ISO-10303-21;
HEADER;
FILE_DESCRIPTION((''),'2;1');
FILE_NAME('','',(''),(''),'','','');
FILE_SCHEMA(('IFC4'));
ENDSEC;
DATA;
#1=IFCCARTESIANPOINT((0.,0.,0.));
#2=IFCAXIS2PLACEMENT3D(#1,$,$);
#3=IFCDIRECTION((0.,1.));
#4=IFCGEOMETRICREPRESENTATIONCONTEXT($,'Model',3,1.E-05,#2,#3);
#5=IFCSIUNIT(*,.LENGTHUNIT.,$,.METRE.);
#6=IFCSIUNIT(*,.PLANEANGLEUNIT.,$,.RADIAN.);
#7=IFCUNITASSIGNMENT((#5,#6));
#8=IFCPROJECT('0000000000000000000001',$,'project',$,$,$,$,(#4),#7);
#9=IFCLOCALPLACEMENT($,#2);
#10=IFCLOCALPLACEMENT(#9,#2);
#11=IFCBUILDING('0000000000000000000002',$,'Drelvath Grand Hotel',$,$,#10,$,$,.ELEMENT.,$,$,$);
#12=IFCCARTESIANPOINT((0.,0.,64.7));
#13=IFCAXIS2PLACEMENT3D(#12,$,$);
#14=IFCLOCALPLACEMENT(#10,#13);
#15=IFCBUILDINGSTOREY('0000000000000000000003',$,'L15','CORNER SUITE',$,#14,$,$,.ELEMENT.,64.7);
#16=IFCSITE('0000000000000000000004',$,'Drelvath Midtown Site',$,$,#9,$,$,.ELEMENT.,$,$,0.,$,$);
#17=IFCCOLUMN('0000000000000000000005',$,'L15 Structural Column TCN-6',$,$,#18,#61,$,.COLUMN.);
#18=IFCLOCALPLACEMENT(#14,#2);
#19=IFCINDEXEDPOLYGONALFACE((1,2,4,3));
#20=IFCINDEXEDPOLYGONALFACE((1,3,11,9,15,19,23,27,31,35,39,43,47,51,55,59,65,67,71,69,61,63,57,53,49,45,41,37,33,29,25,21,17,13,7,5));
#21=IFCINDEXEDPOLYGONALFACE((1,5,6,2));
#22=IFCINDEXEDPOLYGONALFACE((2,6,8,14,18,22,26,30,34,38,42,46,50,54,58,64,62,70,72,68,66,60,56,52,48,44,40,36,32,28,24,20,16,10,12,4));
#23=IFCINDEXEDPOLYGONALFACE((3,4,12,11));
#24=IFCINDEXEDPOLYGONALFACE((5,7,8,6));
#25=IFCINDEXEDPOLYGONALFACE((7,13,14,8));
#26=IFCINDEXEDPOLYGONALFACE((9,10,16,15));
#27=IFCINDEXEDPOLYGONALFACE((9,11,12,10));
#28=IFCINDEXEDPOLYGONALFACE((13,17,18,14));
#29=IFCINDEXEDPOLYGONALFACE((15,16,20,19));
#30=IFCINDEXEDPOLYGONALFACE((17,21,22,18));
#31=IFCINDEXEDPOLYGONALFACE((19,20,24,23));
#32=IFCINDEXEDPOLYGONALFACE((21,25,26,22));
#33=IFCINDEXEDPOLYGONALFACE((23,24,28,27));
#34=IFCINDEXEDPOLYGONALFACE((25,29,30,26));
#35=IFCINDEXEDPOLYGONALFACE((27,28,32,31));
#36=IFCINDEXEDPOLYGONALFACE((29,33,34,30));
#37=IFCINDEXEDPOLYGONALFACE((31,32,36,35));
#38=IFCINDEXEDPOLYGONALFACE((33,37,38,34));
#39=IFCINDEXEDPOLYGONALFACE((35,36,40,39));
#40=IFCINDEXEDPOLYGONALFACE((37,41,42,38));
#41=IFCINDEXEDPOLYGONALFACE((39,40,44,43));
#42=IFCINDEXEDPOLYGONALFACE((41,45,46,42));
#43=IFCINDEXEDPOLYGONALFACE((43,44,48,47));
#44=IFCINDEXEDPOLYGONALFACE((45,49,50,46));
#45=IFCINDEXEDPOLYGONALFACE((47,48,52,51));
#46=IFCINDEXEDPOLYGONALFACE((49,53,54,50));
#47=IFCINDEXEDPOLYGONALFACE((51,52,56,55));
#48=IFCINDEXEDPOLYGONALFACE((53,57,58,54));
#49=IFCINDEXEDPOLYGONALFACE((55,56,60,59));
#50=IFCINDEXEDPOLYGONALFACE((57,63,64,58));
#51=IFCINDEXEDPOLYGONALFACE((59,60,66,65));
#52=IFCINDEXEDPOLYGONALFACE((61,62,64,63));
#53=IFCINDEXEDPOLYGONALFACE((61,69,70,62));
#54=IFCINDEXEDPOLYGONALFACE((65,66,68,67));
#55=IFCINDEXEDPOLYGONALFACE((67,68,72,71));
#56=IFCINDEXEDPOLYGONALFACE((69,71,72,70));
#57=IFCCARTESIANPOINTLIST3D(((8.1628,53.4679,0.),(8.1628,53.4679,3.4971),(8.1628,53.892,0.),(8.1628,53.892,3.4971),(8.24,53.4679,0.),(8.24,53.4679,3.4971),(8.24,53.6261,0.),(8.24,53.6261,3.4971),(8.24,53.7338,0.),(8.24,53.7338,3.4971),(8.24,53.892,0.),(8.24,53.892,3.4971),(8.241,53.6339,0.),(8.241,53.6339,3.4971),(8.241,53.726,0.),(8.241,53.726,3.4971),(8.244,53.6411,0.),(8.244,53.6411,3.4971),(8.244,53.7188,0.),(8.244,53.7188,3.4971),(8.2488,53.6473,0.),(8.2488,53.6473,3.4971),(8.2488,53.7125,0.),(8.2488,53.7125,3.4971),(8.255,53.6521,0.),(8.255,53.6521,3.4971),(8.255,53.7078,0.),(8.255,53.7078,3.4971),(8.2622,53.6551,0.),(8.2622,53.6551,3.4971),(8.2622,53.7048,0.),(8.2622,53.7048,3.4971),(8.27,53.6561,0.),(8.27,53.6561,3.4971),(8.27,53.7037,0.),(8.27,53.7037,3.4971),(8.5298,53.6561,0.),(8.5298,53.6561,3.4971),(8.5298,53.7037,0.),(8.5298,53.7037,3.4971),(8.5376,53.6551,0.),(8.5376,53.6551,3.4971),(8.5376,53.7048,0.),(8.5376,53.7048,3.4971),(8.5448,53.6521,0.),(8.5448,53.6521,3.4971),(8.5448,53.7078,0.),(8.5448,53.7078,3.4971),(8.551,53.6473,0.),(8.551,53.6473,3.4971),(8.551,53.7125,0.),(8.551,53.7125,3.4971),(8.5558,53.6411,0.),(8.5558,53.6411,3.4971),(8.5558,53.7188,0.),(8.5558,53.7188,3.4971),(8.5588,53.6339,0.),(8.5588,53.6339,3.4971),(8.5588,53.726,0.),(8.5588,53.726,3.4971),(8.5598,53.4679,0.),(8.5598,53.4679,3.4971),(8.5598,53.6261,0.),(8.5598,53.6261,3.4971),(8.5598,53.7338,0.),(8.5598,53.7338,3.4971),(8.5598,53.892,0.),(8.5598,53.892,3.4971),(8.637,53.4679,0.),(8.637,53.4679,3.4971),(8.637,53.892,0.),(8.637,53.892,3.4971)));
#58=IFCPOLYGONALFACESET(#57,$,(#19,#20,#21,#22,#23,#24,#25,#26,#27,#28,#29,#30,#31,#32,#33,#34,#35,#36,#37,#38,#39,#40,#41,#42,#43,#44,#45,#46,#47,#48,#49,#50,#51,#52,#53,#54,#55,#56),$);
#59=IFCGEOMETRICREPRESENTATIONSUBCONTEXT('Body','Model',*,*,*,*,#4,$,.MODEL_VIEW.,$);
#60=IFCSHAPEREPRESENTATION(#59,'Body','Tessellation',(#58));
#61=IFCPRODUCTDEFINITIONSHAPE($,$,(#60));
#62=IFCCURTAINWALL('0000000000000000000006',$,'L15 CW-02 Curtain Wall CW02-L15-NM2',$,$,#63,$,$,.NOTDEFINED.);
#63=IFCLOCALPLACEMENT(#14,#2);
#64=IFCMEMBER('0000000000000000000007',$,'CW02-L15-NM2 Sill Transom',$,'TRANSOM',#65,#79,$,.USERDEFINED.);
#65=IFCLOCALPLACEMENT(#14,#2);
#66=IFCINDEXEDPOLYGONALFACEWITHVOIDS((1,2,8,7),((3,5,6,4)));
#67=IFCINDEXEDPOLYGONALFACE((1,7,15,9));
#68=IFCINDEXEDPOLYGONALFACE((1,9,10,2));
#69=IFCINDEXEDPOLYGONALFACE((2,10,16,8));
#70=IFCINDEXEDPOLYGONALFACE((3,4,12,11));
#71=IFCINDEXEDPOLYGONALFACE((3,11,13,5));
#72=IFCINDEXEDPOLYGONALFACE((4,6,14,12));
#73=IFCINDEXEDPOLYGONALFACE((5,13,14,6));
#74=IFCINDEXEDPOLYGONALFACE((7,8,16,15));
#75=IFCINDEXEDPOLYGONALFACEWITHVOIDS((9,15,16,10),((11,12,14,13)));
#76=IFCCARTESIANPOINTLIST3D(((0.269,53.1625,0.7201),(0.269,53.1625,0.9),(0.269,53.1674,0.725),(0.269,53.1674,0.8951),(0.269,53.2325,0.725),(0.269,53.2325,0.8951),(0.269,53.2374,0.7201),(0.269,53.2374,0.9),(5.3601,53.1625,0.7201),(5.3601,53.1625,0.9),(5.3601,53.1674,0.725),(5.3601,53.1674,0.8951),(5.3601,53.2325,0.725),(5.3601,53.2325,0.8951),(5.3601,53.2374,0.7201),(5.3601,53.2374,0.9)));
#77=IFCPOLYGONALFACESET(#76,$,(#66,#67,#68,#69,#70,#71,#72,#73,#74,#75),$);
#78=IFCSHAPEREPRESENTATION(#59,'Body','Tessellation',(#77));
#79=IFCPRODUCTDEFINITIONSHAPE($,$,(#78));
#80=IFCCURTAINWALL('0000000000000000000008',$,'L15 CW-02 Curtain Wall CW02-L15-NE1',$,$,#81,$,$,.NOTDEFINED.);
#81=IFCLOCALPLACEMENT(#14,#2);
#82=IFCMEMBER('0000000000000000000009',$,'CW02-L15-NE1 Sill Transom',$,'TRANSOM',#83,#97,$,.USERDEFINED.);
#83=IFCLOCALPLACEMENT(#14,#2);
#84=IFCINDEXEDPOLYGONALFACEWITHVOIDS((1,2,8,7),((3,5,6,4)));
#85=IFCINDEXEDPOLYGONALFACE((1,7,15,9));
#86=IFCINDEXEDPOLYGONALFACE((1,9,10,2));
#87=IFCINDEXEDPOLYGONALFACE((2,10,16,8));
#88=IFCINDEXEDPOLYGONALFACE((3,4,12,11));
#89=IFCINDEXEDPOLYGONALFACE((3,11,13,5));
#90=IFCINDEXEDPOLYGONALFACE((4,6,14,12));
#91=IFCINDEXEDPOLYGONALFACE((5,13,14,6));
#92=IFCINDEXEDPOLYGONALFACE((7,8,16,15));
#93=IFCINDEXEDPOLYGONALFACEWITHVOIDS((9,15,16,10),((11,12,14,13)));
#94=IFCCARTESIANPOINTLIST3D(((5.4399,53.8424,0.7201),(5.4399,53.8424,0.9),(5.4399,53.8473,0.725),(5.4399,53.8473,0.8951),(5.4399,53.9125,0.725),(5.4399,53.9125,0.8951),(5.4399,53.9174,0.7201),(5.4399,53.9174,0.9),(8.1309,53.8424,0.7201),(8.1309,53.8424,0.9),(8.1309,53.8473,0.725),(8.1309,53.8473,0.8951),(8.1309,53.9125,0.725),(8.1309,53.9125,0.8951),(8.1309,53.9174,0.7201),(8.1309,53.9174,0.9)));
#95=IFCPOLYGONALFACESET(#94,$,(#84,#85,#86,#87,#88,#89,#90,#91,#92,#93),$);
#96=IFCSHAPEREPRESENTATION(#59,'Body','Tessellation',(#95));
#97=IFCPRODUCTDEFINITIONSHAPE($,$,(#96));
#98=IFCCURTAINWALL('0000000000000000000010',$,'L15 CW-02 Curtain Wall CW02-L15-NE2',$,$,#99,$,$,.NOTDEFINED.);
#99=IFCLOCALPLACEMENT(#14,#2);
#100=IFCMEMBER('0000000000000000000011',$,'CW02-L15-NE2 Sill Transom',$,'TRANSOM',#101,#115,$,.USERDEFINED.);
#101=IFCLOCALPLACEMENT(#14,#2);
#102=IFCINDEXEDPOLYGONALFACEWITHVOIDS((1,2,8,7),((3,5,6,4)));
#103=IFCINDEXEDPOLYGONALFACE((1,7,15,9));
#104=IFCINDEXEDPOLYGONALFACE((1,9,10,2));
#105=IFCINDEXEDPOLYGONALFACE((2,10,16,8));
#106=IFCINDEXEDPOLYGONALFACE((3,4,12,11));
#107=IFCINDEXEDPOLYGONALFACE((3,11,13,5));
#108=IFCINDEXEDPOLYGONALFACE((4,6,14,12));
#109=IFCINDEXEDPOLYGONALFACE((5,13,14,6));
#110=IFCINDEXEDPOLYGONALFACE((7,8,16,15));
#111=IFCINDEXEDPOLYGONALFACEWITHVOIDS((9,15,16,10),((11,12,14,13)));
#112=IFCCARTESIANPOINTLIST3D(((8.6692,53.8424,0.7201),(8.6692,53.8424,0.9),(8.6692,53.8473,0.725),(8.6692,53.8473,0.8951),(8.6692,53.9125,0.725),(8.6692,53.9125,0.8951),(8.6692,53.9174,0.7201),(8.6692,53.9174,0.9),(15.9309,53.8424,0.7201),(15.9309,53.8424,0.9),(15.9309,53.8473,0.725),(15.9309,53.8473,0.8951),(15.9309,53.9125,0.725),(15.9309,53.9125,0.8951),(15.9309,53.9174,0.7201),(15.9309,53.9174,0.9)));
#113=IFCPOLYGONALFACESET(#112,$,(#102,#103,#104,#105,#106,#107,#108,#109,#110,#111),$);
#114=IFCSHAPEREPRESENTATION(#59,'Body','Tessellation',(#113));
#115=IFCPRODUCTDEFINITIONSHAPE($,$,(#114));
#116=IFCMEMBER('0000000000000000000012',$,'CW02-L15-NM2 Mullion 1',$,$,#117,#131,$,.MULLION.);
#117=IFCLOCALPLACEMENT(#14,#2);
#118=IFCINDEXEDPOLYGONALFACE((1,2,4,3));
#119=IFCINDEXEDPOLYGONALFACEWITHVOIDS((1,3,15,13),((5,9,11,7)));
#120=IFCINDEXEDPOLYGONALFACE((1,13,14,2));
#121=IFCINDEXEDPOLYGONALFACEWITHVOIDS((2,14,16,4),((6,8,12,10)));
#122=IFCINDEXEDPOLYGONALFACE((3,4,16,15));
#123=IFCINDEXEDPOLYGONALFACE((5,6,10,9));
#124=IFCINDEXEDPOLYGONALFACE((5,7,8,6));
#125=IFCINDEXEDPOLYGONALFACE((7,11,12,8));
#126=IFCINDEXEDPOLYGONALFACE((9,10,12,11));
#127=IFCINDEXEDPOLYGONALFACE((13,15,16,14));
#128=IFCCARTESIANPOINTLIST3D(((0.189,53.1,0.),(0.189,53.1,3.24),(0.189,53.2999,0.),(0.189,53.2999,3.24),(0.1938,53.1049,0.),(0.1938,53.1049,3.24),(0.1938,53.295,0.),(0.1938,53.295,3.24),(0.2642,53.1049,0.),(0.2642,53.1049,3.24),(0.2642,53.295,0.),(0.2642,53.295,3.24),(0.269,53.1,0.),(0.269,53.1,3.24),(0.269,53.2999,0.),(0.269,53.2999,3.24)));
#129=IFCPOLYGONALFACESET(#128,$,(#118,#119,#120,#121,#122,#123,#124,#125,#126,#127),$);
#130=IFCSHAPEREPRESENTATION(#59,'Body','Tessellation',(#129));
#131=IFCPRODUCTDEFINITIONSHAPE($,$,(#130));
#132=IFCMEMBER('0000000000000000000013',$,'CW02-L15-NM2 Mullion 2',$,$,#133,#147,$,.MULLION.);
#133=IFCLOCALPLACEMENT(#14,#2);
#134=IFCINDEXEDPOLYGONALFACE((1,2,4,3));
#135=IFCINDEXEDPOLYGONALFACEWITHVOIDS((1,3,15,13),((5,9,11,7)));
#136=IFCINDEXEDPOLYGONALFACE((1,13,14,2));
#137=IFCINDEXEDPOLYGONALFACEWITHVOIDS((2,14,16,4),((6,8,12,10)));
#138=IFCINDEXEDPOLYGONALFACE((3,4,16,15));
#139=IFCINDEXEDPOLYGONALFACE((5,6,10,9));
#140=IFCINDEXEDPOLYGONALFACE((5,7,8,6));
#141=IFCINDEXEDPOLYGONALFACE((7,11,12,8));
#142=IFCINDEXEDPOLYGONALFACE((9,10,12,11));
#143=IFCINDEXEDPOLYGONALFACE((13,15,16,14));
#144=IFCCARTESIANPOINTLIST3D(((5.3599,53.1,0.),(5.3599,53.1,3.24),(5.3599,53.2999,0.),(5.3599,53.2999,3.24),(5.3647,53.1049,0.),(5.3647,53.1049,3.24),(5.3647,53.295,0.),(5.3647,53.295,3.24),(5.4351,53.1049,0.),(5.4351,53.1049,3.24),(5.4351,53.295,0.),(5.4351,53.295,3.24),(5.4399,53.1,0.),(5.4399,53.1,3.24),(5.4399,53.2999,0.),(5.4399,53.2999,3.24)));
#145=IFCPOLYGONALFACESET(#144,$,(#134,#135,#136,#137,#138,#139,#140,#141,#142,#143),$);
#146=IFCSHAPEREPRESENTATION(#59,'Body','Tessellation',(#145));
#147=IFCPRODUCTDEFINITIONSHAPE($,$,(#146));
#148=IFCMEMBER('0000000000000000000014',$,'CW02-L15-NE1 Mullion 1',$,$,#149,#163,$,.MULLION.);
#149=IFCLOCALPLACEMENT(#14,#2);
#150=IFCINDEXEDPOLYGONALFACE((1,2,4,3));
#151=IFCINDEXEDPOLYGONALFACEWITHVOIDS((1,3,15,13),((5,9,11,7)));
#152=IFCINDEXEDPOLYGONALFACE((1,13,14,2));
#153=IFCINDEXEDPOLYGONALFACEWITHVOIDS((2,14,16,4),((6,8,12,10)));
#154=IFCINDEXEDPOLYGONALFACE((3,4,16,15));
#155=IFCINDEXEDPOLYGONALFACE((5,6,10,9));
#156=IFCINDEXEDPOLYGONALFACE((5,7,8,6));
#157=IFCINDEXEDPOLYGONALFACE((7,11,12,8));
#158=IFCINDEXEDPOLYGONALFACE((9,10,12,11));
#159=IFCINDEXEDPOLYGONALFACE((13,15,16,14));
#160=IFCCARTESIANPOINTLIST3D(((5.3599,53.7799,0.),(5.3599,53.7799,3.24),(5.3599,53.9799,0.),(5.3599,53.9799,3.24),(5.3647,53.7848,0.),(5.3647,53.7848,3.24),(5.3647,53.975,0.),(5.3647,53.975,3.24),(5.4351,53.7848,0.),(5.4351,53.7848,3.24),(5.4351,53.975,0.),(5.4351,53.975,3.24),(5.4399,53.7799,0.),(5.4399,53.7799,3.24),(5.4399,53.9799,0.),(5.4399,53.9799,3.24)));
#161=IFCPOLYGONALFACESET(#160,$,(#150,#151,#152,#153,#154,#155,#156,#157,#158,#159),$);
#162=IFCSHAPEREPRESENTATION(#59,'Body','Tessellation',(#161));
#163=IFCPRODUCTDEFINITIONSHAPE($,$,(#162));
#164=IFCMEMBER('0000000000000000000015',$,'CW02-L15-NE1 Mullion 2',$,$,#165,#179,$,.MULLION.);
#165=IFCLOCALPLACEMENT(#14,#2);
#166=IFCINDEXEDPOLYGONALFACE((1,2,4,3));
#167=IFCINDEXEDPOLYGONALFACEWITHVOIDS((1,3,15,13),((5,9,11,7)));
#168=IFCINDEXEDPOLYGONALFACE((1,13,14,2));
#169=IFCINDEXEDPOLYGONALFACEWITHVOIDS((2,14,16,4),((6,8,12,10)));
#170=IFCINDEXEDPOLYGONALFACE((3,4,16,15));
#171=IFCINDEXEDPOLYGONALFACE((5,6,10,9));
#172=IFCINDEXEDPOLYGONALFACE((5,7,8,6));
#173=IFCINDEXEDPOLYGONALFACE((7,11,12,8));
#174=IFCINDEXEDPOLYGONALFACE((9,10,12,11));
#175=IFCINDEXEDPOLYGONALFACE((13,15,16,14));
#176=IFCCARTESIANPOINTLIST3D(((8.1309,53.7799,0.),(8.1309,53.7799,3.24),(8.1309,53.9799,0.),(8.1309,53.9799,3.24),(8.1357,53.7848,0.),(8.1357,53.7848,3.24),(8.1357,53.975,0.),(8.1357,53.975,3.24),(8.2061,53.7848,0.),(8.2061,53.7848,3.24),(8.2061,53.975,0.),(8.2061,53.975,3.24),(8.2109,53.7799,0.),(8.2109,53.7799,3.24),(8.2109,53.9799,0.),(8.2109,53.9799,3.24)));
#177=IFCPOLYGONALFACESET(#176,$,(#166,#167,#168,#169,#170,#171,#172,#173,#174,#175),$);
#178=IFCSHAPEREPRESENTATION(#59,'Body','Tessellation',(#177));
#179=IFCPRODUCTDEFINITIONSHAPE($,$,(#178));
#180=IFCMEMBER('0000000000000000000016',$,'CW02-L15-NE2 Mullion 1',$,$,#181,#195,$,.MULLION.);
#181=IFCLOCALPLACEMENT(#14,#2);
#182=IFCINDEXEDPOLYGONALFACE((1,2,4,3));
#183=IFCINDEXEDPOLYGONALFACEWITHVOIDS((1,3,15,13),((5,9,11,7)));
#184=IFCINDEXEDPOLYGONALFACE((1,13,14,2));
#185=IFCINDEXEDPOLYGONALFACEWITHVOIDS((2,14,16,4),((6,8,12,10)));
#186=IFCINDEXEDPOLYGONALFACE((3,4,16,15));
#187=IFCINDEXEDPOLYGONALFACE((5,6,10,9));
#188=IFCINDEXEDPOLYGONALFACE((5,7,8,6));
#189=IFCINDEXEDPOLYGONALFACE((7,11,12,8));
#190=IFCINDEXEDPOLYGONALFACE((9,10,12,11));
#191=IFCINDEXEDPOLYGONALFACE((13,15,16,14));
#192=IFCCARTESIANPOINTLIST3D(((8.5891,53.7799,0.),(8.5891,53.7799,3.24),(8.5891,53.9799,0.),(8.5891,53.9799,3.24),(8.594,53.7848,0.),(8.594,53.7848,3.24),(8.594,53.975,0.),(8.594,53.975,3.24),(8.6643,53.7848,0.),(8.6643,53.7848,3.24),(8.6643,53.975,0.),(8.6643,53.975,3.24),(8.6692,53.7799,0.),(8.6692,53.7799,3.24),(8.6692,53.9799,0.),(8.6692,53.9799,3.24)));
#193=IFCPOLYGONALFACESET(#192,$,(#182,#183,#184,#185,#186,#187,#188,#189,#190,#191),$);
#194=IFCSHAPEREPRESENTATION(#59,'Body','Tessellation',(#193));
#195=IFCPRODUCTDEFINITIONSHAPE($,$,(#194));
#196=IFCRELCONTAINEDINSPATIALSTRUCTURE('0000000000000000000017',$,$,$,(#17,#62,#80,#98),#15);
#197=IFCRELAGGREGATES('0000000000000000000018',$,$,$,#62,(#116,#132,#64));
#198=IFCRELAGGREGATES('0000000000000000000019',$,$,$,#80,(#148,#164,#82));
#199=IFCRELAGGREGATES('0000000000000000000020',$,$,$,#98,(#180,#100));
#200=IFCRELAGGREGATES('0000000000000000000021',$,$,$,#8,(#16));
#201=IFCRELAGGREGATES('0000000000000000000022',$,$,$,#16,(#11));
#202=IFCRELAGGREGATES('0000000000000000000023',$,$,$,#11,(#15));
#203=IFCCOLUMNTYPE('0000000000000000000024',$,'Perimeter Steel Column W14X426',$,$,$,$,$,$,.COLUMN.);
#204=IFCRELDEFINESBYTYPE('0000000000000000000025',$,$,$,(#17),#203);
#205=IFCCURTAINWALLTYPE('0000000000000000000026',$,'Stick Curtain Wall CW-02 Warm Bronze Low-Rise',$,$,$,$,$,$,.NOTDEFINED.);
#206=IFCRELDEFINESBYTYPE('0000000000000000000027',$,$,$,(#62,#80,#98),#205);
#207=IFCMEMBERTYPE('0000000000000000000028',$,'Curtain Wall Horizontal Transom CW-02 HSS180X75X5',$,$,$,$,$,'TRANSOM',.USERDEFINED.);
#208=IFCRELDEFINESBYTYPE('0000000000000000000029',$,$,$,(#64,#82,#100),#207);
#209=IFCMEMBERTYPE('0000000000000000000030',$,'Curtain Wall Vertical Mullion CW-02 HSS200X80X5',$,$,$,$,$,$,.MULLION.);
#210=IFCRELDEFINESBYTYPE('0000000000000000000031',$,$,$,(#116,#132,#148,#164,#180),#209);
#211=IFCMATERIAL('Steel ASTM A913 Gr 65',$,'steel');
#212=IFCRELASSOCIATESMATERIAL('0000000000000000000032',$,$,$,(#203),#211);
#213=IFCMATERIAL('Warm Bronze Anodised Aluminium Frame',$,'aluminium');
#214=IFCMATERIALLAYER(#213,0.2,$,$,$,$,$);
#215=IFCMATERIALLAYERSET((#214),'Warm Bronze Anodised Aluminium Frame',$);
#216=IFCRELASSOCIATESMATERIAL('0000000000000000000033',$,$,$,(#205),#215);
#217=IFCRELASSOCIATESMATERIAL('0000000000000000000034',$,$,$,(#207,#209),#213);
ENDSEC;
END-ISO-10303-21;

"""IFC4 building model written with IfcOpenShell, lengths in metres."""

from ifc_helpers import new_model, si_unit, direction, frame, origin, origin_2d, place, context, subcontext, project, spatial, hollow_rectangle, i_section, extrude, material, layer, layer_set, material_profile, profile_set, type_object, element, aggregate, save


model = new_model("IFC4")

# Units and contexts
model_context = context("Model", 3, precision=1e-05, world=origin(), true_north=direction((0.0, 1.0)))
body_context = subcontext(model_context, "Body", "Model", "MODEL_VIEW")
ifc_project = project(units=[si_unit("LENGTHUNIT", "METRE"), si_unit("PLANEANGLEUNIT", "RADIAN")], contexts=[model_context])

# Site, building, storey
site_placement = place(None, origin())
site = spatial("IfcSite", under=ifc_project, at=site_placement, Name="Drelvath Midtown Site", CompositionType="ELEMENT", RefElevation=0.0)
building_placement = place(site_placement, origin())
building = spatial("IfcBuilding", under=site, at=building_placement, Name="Drelvath Grand Hotel", CompositionType="ELEMENT")
storey_placement = place(building_placement, frame((0.0, 0.0, 64.7)))
storey = spatial("IfcBuildingStorey", under=building, at=storey_placement, Name="L15", Description="CORNER SUITE", CompositionType="ELEMENT", Elevation=64.7)

# Column
ifc_material_1 = material(Name="Steel ASTM A913 Gr 65", Category="steel")
ifc_material_profile_1 = material_profile(ifc_material_1, i_section(OverallWidth=0.4241, OverallDepth=0.4741, WebThickness=0.0476, FlangeThickness=0.0771, FilletRadius=0.03, at=origin_2d()), Name="W14X426")
ifc_profile_set_1 = profile_set([ifc_material_profile_1], Name="Steel ASTM A913 Gr 65")
column_type = type_object("IfcColumnType", Name="Perimeter Steel Column W14X426", PredefinedType="COLUMN", material=ifc_profile_set_1)
column_placement = place(storey_placement, frame((8.3999, 53.6799, 0.0), z_axis=(0.0, 0.0, 1.0), x_axis=(0.0, 1.0, 0.0)))
element("IfcColumn", 1, at=column_placement, inside=storey, type_object=column_type, Name="L15 Structural Column TCN-6", PredefinedType="COLUMN", context=body_context, shape_type="SweptSolid", body=[
    extrude(i_section(OverallWidth=0.4241, OverallDepth=0.4741, WebThickness=0.0476, FlangeThickness=0.0771, FilletRadius=0.03, at=origin_2d()), origin(), (0.0, 0.0, 1.0), 3.4971),
])

# Curtain walls, members
ifc_material_2 = material(Name="Warm Bronze Anodised Aluminium Frame", Category="aluminium")
ifc_layer_1 = layer(ifc_material_2, 0.2)
ifc_layer_set_1 = layer_set([ifc_layer_1], Name="Warm Bronze Anodised Aluminium Frame")
curtain_wall_type = type_object("IfcCurtainWallType", Name="Stick Curtain Wall CW-02 Warm Bronze Low-Rise", PredefinedType="NOTDEFINED", material=ifc_layer_set_1)
curtain_wall_1_placement = place(storey_placement, origin())
curtain_wall_1 = element("IfcCurtainWall", 2, at=curtain_wall_1_placement, inside=storey, type_object=curtain_wall_type, Name="L15 CW-02 Curtain Wall CW02-L15-NM2", PredefinedType="NOTDEFINED")
ifc_material_profile_2 = material_profile(ifc_material_2, hollow_rectangle(XDim=0.075, YDim=0.1799, WallThickness=0.0049, at=origin_2d()), Name="HSS180X75X5")
ifc_profile_set_2 = profile_set([ifc_material_profile_2], Name="Warm Bronze Anodised Aluminium Frame")
member_type_1 = type_object("IfcMemberType", Name="Curtain Wall Horizontal Transom CW-02 HSS180X75X5", ElementType="TRANSOM", PredefinedType="USERDEFINED", material=ifc_profile_set_2)
member_1_placement = place(storey_placement, frame((0.269, 53.2, 0.8101), z_axis=(1.0, 0.0, 0.0), x_axis=(0.0, 1.0, 0.0)))
member_1 = element("IfcMember", 3, at=member_1_placement, type_object=member_type_1, Name="CW02-L15-NM2 Sill Transom", ObjectType="TRANSOM", PredefinedType="USERDEFINED", context=body_context, shape_type="SweptSolid", body=[
    extrude(hollow_rectangle(XDim=0.075, YDim=0.1799, WallThickness=0.0049, at=origin_2d()), origin(), (0.0, 0.0, 1.0), 5.0911),
])
curtain_wall_2_placement = place(storey_placement, origin())
curtain_wall_2 = element("IfcCurtainWall", 4, at=curtain_wall_2_placement, inside=storey, type_object=curtain_wall_type, Name="L15 CW-02 Curtain Wall CW02-L15-NE1", PredefinedType="NOTDEFINED")
member_2_placement = place(storey_placement, frame((5.4399, 53.8799, 0.8101), z_axis=(1.0, 0.0, 0.0), x_axis=(0.0, 1.0, 0.0)))
member_2 = element("IfcMember", 5, at=member_2_placement, type_object=member_type_1, Name="CW02-L15-NE1 Sill Transom", ObjectType="TRANSOM", PredefinedType="USERDEFINED", context=body_context, shape_type="SweptSolid", body=[
    extrude(hollow_rectangle(XDim=0.075, YDim=0.1799, WallThickness=0.0049, at=origin_2d()), origin(), (0.0, 0.0, 1.0), 2.6909),
])
curtain_wall_3_placement = place(storey_placement, origin())
curtain_wall_3 = element("IfcCurtainWall", 6, at=curtain_wall_3_placement, inside=storey, type_object=curtain_wall_type, Name="L15 CW-02 Curtain Wall CW02-L15-NE2", PredefinedType="NOTDEFINED")
member_3_placement = place(storey_placement, frame((8.6692, 53.8799, 0.8101), z_axis=(1.0, 0.0, 0.0), x_axis=(0.0, 1.0, 0.0)))
member_3 = element("IfcMember", 7, at=member_3_placement, type_object=member_type_1, Name="CW02-L15-NE2 Sill Transom", ObjectType="TRANSOM", PredefinedType="USERDEFINED", context=body_context, shape_type="SweptSolid", body=[
    extrude(hollow_rectangle(XDim=0.075, YDim=0.1799, WallThickness=0.0049, at=origin_2d()), origin(), (0.0, 0.0, 1.0), 7.2617),
])

# Members
ifc_material_profile_3 = material_profile(ifc_material_2, hollow_rectangle(XDim=0.0801, YDim=0.2, WallThickness=0.0049, at=origin_2d()), Name="HSS200X80X5")
ifc_profile_set_3 = profile_set([ifc_material_profile_3], Name="Warm Bronze Anodised Aluminium Frame")
member_type_2 = type_object("IfcMemberType", Name="Curtain Wall Vertical Mullion CW-02 HSS200X80X5", PredefinedType="MULLION", material=ifc_profile_set_3)
member_4_placement = place(storey_placement, frame((0.229, 53.2, 0.0), z_axis=(0.0, 0.0, 1.0), x_axis=(1.0, 0.0, 0.0)))
member_4 = element("IfcMember", 8, at=member_4_placement, type_object=member_type_2, Name="CW02-L15-NM2 Mullion 1", PredefinedType="MULLION", context=body_context, shape_type="SweptSolid", body=[
    extrude(hollow_rectangle(XDim=0.0801, YDim=0.2, WallThickness=0.0049, at=origin_2d()), origin(), (0.0, 0.0, 1.0), 3.24),
])
member_5_placement = place(storey_placement, frame((5.3999, 53.2, 0.0), z_axis=(0.0, 0.0, 1.0), x_axis=(1.0, 0.0, 0.0)))
member_5 = element("IfcMember", 9, at=member_5_placement, type_object=member_type_2, Name="CW02-L15-NM2 Mullion 2", PredefinedType="MULLION", context=body_context, shape_type="SweptSolid", body=[
    extrude(hollow_rectangle(XDim=0.0801, YDim=0.2, WallThickness=0.0049, at=origin_2d()), origin(), (0.0, 0.0, 1.0), 3.24),
])
member_6_placement = place(storey_placement, frame((5.3999, 53.8799, 0.0), z_axis=(0.0, 0.0, 1.0), x_axis=(1.0, 0.0, 0.0)))
member_6 = element("IfcMember", 10, at=member_6_placement, type_object=member_type_2, Name="CW02-L15-NE1 Mullion 1", PredefinedType="MULLION", context=body_context, shape_type="SweptSolid", body=[
    extrude(hollow_rectangle(XDim=0.0801, YDim=0.2, WallThickness=0.0049, at=origin_2d()), origin(), (0.0, 0.0, 1.0), 3.24),
])
member_7_placement = place(storey_placement, frame((8.1709, 53.8799, 0.0), z_axis=(0.0, 0.0, 1.0), x_axis=(1.0, 0.0, 0.0)))
member_7 = element("IfcMember", 11, at=member_7_placement, type_object=member_type_2, Name="CW02-L15-NE1 Mullion 2", PredefinedType="MULLION", context=body_context, shape_type="SweptSolid", body=[
    extrude(hollow_rectangle(XDim=0.0801, YDim=0.2, WallThickness=0.0049, at=origin_2d()), origin(), (0.0, 0.0, 1.0), 3.24),
])
member_8_placement = place(storey_placement, frame((8.6292, 53.8799, 0.0), z_axis=(0.0, 0.0, 1.0), x_axis=(1.0, 0.0, 0.0)))
member_8 = element("IfcMember", 12, at=member_8_placement, type_object=member_type_2, Name="CW02-L15-NE2 Mullion 1", PredefinedType="MULLION", context=body_context, shape_type="SweptSolid", body=[
    extrude(hollow_rectangle(XDim=0.0801, YDim=0.2, WallThickness=0.0049, at=origin_2d()), origin(), (0.0, 0.0, 1.0), 3.24),
])

aggregate(curtain_wall_1, [member_4, member_5, member_1])
aggregate(curtain_wall_2, [member_6, member_7, member_2])
aggregate(curtain_wall_3, [member_8, member_3])

save(model, "model.ifc")
